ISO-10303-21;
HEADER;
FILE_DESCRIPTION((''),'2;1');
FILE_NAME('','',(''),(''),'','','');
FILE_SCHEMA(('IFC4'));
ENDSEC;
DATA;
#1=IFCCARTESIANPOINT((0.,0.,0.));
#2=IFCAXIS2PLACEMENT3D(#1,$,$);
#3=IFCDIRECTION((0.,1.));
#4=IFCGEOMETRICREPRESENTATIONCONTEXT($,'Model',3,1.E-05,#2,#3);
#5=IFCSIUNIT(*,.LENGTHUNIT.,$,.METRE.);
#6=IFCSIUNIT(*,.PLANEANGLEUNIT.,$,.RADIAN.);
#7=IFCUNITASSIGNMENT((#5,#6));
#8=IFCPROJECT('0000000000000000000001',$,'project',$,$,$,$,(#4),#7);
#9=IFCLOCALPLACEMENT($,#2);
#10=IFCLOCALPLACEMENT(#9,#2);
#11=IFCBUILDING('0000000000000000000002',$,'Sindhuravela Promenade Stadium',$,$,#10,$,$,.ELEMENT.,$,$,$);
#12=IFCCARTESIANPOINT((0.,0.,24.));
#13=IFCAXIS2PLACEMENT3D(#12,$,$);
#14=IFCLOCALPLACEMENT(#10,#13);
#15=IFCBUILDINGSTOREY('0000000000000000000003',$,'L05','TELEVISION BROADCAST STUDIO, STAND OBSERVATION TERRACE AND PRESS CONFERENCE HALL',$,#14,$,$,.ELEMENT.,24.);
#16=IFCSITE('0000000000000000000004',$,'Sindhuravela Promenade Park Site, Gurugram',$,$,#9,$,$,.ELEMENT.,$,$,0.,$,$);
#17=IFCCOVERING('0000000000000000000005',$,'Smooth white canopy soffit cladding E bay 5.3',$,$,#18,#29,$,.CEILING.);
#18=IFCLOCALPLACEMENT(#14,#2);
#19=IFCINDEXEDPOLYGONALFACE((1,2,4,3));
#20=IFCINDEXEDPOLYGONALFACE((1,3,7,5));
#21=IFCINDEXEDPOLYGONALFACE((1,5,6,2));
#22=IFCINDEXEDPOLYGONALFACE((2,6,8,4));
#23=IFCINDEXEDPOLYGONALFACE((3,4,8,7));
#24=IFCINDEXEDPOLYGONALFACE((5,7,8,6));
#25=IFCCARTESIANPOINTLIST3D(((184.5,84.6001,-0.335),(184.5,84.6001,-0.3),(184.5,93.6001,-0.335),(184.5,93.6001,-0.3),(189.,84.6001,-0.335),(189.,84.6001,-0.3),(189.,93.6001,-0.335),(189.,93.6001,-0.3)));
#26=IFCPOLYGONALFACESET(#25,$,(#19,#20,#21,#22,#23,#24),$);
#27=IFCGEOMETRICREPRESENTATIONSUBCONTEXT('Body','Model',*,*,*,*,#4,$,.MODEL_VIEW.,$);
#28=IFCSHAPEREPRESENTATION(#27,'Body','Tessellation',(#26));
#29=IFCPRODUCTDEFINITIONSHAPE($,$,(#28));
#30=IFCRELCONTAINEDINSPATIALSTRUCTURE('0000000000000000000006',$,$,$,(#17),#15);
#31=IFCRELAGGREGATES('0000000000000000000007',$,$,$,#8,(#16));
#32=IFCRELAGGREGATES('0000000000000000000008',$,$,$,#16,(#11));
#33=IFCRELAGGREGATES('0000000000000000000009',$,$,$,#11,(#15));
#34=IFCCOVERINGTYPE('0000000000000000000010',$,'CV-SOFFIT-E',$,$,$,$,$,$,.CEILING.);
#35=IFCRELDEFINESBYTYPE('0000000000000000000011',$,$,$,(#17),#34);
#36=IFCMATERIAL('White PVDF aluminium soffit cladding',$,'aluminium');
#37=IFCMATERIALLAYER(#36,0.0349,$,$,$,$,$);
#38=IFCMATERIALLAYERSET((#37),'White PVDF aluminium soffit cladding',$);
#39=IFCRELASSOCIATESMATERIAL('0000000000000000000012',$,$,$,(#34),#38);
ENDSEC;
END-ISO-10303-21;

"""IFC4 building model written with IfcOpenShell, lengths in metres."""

from ifc_helpers import new_model, si_unit, direction, frame, origin, place, context, subcontext, project, spatial, polyline, outline, extrude, material, layer, layer_set, type_object, element, save


model = new_model("IFC4")

# Units and contexts
model_context = context("Model", 3, precision=1e-05, world=origin(), true_north=direction((0.0, 1.0)))
body_context = subcontext(model_context, "Body", "Model", "MODEL_VIEW")
ifc_project = project(units=[si_unit("LENGTHUNIT", "METRE"), si_unit("PLANEANGLEUNIT", "RADIAN")], contexts=[model_context])

# Site, building, storey
site_placement = place(None, origin())
site = spatial("IfcSite", under=ifc_project, at=site_placement, Name="Sindhuravela Promenade Park Site, Gurugram", CompositionType="ELEMENT", RefElevation=0.0)
building_placement = place(site_placement, origin())
building = spatial("IfcBuilding", under=site, at=building_placement, Name="Sindhuravela Promenade Stadium", CompositionType="ELEMENT")
storey_placement = place(building_placement, frame((0.0, 0.0, 24.0)))
storey = spatial("IfcBuildingStorey", under=building, at=storey_placement, Name="L05", Description="TELEVISION BROADCAST STUDIO, STAND OBSERVATION TERRACE AND PRESS CONFERENCE HALL", CompositionType="ELEMENT", Elevation=24.0)

# Covering
ifc_material_1 = material(Name="White PVDF aluminium soffit cladding", Category="aluminium")
ifc_layer_1 = layer(ifc_material_1, 0.0349)
ifc_layer_set_1 = layer_set([ifc_layer_1], Name="White PVDF aluminium soffit cladding")
covering_type_1 = type_object("IfcCoveringType", Name="CV-SOFFIT-E", PredefinedType="CEILING", material=ifc_layer_set_1)
for number, where, z_axis, x_axis, name in (
    (1, (189.0, 84.6001, -0.3), (0.0, 0.0, 1.0), (0.0, 1.0, 0.0), "Smooth white canopy soffit cladding E bay 5.3"),
):
    element("IfcCovering", number, at=place(storey_placement, frame(where, z_axis=z_axis, x_axis=x_axis)), inside=storey, type_object=covering_type_1, Name=name, PredefinedType="CEILING", context=body_context, shape_type="SweptSolid", body=[
        extrude(outline(polyline([(0.0, 0.0), (9.0, 0.0), (9.0, 4.5), (0.0, 4.5), (0.0, 0.0)])), origin(), (0.0, 0.0, -1.0), 0.0349),
    ])

save(model, "model.ifc")
